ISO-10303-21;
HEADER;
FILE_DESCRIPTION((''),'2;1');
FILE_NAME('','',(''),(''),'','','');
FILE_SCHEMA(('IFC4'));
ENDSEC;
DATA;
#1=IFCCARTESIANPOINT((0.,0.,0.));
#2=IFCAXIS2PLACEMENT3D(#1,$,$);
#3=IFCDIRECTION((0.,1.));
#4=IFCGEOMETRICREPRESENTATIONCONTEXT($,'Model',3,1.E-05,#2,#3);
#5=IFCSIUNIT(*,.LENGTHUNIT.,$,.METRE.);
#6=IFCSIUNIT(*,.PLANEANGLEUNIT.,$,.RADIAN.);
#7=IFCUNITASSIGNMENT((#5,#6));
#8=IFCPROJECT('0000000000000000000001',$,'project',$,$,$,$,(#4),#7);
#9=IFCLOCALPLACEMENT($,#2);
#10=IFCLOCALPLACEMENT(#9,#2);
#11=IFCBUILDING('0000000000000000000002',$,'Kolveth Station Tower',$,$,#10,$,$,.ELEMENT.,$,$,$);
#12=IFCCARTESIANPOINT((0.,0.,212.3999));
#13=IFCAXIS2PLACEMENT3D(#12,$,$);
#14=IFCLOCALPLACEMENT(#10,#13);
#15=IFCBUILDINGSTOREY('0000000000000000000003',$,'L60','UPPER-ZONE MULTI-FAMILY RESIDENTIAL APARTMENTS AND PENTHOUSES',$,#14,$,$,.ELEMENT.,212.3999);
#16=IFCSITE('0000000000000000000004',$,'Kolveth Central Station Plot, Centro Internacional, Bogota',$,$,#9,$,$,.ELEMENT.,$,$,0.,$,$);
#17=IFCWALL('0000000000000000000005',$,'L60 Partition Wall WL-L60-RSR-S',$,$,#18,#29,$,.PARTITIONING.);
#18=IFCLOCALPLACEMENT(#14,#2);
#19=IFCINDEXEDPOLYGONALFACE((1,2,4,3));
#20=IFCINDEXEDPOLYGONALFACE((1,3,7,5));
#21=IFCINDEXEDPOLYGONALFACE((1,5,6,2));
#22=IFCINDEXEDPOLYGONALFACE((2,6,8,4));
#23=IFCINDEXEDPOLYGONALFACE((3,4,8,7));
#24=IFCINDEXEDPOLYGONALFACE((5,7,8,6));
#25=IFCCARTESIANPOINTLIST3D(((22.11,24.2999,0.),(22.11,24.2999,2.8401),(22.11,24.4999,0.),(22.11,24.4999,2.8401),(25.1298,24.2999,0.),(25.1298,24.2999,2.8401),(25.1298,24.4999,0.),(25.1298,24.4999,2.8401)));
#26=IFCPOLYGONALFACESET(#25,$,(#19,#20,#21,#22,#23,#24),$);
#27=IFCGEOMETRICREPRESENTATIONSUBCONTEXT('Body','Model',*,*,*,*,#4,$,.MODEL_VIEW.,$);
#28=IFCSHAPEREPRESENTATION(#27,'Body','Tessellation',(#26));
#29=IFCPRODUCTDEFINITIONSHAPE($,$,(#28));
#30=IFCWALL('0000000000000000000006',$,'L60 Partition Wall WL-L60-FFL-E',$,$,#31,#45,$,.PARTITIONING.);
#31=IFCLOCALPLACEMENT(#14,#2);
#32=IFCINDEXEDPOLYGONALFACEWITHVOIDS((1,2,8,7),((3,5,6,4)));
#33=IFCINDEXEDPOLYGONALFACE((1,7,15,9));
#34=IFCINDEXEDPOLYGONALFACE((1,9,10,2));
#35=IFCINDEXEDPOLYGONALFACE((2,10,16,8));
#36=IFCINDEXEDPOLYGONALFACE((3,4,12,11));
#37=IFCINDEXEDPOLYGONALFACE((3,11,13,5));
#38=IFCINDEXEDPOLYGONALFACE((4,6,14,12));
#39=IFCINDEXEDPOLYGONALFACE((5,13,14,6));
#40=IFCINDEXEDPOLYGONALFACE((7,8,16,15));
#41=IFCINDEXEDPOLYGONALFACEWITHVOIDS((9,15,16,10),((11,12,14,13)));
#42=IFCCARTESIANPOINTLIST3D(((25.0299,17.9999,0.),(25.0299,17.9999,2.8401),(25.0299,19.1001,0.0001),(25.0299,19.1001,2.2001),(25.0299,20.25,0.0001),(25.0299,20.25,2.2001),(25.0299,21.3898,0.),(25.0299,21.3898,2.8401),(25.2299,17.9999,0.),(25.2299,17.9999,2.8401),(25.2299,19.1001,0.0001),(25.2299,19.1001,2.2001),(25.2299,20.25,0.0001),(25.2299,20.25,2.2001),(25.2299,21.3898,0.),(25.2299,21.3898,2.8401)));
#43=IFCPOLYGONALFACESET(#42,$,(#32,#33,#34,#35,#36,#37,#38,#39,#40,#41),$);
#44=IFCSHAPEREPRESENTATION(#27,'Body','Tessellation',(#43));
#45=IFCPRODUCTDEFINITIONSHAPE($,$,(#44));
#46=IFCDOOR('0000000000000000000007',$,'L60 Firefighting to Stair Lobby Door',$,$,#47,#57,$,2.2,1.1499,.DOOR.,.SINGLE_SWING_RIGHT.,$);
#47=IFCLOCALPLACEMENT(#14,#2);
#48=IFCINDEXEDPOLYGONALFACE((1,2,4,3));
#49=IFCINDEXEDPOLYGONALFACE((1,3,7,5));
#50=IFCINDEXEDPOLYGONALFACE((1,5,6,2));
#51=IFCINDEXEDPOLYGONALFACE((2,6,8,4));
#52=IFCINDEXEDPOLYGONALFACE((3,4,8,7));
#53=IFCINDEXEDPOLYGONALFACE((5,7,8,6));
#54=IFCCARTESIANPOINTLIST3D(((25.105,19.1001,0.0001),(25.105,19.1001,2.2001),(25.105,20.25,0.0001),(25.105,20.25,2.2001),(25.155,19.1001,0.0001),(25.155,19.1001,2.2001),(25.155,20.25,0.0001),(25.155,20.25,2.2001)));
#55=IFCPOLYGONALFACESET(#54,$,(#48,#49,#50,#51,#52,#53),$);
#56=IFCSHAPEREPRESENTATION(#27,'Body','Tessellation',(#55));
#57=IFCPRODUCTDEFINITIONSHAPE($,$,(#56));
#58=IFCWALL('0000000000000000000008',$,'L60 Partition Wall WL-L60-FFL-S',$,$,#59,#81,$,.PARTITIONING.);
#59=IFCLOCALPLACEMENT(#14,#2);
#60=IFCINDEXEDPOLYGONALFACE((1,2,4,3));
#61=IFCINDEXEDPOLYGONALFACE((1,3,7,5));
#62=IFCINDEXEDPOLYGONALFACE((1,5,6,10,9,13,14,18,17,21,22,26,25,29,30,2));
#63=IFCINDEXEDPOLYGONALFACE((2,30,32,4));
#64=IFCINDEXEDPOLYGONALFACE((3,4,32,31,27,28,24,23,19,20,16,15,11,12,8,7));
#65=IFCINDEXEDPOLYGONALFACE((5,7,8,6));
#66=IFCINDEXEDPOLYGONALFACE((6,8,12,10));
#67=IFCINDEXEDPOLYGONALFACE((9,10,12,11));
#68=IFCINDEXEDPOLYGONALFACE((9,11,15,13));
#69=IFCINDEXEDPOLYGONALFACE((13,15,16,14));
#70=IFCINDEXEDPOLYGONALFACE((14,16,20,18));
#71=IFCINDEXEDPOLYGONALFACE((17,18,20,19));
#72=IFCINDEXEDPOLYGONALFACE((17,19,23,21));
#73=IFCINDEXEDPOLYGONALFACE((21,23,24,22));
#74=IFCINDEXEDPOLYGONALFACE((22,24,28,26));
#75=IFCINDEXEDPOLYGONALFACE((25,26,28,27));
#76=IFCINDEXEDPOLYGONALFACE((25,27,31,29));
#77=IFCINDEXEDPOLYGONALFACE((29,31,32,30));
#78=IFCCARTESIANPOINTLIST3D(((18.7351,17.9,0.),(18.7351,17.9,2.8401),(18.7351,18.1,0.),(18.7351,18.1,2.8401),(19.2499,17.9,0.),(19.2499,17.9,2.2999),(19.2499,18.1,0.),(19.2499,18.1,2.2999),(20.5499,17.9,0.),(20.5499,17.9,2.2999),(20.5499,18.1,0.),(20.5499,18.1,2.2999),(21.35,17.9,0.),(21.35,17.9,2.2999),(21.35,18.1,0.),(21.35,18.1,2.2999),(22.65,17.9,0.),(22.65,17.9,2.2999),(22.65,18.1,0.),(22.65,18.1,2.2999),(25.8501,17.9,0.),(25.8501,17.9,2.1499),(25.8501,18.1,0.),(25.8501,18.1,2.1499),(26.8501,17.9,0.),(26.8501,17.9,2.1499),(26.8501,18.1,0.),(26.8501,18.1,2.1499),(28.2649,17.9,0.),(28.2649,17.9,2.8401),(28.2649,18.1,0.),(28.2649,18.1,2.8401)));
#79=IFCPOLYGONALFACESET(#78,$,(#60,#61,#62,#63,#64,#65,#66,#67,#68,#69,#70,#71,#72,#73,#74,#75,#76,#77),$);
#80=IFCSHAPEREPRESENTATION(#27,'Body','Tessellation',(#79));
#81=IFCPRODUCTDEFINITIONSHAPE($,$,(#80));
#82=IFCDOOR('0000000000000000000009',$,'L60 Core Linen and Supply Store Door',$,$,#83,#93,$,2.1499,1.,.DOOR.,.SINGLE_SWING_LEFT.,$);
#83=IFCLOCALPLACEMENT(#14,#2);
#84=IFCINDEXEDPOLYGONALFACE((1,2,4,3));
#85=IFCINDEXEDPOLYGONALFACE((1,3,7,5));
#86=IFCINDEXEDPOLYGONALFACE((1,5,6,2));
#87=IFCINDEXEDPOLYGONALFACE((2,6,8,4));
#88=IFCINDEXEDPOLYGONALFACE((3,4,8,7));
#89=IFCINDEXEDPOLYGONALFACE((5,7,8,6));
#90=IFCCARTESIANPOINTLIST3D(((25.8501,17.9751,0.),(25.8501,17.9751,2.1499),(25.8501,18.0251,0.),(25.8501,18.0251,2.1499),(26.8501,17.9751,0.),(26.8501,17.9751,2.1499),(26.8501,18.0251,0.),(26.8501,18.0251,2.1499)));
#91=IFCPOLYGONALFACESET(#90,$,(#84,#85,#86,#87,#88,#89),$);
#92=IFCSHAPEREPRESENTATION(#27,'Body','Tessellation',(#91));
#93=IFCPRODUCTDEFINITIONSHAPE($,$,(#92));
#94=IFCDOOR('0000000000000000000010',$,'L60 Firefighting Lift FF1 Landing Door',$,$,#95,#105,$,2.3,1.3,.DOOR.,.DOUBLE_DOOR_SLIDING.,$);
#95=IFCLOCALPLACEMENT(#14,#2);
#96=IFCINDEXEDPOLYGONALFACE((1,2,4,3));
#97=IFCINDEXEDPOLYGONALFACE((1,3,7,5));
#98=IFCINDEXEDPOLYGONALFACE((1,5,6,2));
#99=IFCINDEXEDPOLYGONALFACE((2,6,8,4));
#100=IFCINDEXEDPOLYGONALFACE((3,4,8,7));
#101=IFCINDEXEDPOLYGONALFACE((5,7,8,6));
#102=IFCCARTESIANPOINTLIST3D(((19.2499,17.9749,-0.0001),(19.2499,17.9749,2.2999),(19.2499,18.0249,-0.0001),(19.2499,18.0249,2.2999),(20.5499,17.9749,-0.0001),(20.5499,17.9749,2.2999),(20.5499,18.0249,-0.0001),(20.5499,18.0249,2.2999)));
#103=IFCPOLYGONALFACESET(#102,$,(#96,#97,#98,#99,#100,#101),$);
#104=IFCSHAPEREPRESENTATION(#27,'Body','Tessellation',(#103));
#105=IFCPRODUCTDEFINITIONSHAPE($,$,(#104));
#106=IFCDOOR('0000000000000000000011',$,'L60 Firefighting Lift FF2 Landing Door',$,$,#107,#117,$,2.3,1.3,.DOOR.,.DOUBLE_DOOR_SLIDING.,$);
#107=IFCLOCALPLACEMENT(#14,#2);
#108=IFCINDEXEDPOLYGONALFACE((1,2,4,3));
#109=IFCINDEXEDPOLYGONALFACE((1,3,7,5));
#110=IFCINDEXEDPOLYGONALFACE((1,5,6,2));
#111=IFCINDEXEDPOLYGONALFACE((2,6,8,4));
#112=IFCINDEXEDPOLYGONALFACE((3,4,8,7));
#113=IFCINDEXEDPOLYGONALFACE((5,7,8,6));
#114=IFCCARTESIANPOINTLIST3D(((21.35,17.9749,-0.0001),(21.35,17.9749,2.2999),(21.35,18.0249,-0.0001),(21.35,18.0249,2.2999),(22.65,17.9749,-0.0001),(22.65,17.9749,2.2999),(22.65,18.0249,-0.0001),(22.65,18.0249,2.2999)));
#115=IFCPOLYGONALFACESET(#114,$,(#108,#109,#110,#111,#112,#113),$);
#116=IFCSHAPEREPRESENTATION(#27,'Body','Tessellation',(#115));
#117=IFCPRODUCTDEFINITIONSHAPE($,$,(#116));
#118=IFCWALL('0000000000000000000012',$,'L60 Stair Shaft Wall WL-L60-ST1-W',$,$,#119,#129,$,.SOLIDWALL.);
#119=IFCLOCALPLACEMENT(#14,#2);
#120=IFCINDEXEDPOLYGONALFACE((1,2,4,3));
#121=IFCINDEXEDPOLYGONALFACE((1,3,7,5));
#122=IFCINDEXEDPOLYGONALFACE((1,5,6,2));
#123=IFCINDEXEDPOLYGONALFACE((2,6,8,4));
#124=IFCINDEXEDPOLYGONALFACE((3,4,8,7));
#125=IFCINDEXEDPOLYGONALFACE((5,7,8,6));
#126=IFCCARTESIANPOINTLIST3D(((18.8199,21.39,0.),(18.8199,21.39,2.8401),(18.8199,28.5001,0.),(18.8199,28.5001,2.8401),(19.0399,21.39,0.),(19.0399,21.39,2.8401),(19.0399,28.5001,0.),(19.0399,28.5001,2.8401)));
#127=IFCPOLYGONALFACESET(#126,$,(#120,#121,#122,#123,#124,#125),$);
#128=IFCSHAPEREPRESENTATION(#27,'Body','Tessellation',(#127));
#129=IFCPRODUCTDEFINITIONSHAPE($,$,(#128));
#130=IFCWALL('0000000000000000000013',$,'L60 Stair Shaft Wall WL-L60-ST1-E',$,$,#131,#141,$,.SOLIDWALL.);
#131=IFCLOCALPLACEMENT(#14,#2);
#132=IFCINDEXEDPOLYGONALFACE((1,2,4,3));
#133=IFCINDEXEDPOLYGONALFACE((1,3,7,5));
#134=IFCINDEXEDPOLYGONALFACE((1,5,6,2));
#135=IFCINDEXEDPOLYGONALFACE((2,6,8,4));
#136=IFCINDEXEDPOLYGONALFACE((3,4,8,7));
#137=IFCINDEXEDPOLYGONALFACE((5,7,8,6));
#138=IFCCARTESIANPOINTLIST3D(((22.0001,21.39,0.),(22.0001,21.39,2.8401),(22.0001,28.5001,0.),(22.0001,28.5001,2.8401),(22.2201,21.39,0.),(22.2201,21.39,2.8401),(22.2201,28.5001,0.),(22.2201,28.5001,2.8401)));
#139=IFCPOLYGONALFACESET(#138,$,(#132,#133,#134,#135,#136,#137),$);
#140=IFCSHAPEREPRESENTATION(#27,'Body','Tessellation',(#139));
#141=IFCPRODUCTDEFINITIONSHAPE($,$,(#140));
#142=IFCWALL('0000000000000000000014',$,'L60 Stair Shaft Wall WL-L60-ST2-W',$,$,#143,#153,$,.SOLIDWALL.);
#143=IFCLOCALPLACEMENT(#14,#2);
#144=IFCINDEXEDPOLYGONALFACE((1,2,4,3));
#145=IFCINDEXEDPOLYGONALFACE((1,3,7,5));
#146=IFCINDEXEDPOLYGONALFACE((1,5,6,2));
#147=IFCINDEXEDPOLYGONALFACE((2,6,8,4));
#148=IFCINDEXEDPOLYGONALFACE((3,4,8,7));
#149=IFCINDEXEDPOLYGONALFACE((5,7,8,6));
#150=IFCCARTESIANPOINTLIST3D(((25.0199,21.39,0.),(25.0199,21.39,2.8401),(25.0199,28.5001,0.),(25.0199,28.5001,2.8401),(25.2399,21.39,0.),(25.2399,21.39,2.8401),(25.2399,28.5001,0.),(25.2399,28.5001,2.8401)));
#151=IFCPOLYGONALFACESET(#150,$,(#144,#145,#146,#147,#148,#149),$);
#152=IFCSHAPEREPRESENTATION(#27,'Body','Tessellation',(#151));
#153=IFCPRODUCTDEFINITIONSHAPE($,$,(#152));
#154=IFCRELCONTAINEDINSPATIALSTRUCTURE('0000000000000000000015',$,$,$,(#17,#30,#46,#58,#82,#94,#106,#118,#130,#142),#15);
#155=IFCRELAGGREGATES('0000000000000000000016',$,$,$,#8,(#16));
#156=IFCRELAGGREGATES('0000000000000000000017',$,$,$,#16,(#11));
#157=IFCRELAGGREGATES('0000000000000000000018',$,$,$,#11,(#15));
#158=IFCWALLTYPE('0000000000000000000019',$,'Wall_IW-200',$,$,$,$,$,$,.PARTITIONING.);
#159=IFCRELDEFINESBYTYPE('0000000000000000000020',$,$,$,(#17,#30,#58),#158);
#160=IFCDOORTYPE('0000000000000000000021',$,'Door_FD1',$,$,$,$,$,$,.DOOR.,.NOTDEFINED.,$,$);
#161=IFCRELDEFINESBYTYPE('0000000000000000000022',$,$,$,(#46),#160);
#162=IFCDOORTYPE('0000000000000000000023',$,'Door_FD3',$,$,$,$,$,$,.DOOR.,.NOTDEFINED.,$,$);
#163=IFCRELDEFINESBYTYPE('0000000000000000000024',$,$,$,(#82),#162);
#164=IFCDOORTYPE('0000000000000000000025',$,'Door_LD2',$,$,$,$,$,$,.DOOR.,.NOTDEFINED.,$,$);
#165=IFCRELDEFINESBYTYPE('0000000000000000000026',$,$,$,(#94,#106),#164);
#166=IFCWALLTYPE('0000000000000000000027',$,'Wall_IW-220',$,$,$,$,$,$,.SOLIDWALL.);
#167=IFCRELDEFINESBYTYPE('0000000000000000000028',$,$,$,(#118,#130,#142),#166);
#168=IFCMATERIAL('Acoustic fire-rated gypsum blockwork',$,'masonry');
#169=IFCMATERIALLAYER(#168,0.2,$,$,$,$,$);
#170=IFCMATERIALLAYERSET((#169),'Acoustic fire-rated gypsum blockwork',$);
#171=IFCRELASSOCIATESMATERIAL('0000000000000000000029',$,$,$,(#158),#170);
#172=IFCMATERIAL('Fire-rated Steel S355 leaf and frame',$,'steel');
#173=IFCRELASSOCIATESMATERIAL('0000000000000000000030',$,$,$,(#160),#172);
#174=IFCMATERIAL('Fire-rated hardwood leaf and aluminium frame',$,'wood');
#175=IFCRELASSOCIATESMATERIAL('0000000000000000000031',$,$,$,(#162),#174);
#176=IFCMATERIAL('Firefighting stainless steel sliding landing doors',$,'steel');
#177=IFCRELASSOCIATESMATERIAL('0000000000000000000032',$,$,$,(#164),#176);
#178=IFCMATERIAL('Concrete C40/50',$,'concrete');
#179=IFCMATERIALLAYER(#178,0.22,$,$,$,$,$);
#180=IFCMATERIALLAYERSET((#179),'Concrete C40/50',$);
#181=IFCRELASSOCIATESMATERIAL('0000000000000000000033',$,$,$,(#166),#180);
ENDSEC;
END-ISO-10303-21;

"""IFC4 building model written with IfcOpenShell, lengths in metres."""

from ifc_helpers import new_model, si_unit, direction, frame, frame_2d, origin, place, context, subcontext, project, spatial, rectangle, extrude, material, layer, layer_set, type_object, element, fill, save


model = new_model("IFC4")

# Units and contexts
model_context = context("Model", 3, precision=1e-05, world=origin(), true_north=direction((0.0, 1.0)))
body_context = subcontext(model_context, "Body", "Model", "MODEL_VIEW")
ifc_project = project(units=[si_unit("LENGTHUNIT", "METRE"), si_unit("PLANEANGLEUNIT", "RADIAN")], contexts=[model_context])

# Site, building, storey
site_placement = place(None, origin())
site = spatial("IfcSite", under=ifc_project, at=site_placement, Name="Kolveth Central Station Plot, Centro Internacional, Bogota", CompositionType="ELEMENT", RefElevation=0.0)
building_placement = place(site_placement, origin())
building = spatial("IfcBuilding", under=site, at=building_placement, Name="Kolveth Station Tower", CompositionType="ELEMENT")
storey_placement = place(building_placement, frame((0.0, 0.0, 212.3999)))
storey = spatial("IfcBuildingStorey", under=building, at=storey_placement, Name="L60", Description="UPPER-ZONE MULTI-FAMILY RESIDENTIAL APARTMENTS AND PENTHOUSES", CompositionType="ELEMENT", Elevation=212.3999)

# Wall
ifc_material_1 = material(Name="Acoustic fire-rated gypsum blockwork", Category="masonry")
ifc_layer_1 = layer(ifc_material_1, 0.2)
ifc_layer_set_1 = layer_set([ifc_layer_1], Name="Acoustic fire-rated gypsum blockwork")
wall_type_1 = type_object("IfcWallType", Name="Wall_IW-200", PredefinedType="PARTITIONING", material=ifc_layer_set_1)
wall_1_placement = place(storey_placement, frame((22.1101, 24.3999, 0.0), z_axis=(0.0, 0.0, 1.0), x_axis=(1.0, 0.0, 0.0)))
element("IfcWall", 1, at=wall_1_placement, inside=storey, type_object=wall_type_1, Name="L60 Partition Wall WL-L60-RSR-S", PredefinedType="PARTITIONING", context=body_context, shape_type="SweptSolid", body=[
    extrude(rectangle(XDim=3.0198, YDim=0.2, at=frame_2d((1.5098, 0.0))), origin(), (0.0, 0.0, 1.0), 2.8401),
])

# Wall, opening, door
wall_2_placement = place(storey_placement, frame((25.1299, 18.0, 0.0), z_axis=(0.0, 0.0, 1.0), x_axis=(0.0, 1.0, 0.0)))
wall_2 = element("IfcWall", 2, at=wall_2_placement, inside=storey, type_object=wall_type_1, Name="L60 Partition Wall WL-L60-FFL-E", PredefinedType="PARTITIONING", context=body_context, shape_type="SweptSolid", body=[
    extrude(rectangle(XDim=3.3899, YDim=0.2, at=frame_2d((1.6948, 0.0))), origin(), (0.0, 0.0, 1.0), 2.8401),
])
opening_1_placement = place(wall_2_placement, frame((1.1001, 0.0, 0.0)))
opening_1 = element("IfcOpeningElement", 3, at=opening_1_placement, cuts=wall_2, PredefinedType="OPENING", context=body_context, shape_type="SweptSolid", body=[
    extrude(rectangle(XDim=1.1499, YDim=2.2, at=frame_2d((0.575, 1.1001))), frame((0.0, 0.1099, 0.0), z_axis=(0.0, -1.0, 0.0), x_axis=(1.0, 0.0, 0.0)), (0.0, 0.0, 1.0), 0.22),
])
ifc_material_2 = material(Name="Fire-rated Steel S355 leaf and frame", Category="steel")
door_type_1 = type_object("IfcDoorType", Name="Door_FD1", OperationType="NOTDEFINED", PredefinedType="DOOR", material=ifc_material_2)
door_1_placement = place(opening_1_placement, origin())
door_1 = element("IfcDoor", 4, at=door_1_placement, inside=storey, type_object=door_type_1, Name="L60 Firefighting to Stair Lobby Door", OperationType="SINGLE_SWING_RIGHT", OverallHeight=2.2, OverallWidth=1.1499, PredefinedType="DOOR", context=body_context, shape_type="SweptSolid", body=[
    extrude(rectangle(XDim=1.1499, YDim=2.2, at=frame_2d((0.575, 1.1001))), frame((0.0, 0.0249, 0.0), z_axis=(0.0, -1.0, 0.0), x_axis=(1.0, 0.0, 0.0)), (0.0, 0.0, 1.0), 0.05),
])
fill(opening_1, door_1)

# Wall, openings, doors
wall_3_placement = place(storey_placement, frame((18.7351, 18.0, 0.0), z_axis=(0.0, 0.0, 1.0), x_axis=(1.0, 0.0, 0.0)))
wall_3 = element("IfcWall", 5, at=wall_3_placement, inside=storey, type_object=wall_type_1, Name="L60 Partition Wall WL-L60-FFL-S", PredefinedType="PARTITIONING", context=body_context, shape_type="SweptSolid", body=[
    extrude(rectangle(XDim=9.5298, YDim=0.2, at=frame_2d((4.7649, 0.0))), origin(), (0.0, 0.0, 1.0), 2.8401),
])
opening_2_placement = place(wall_3_placement, frame((0.5149, 0.0, 0.0)))
opening_2 = element("IfcOpeningElement", 6, at=opening_2_placement, cuts=wall_3, PredefinedType="OPENING", context=body_context, shape_type="SweptSolid", body=[
    extrude(rectangle(XDim=1.3, YDim=2.3, at=frame_2d((0.6499, 1.1499))), frame((0.0, 0.1099, 0.0), z_axis=(0.0, -1.0, 0.0), x_axis=(1.0, 0.0, 0.0)), (0.0, 0.0, 1.0), 0.22),
])
opening_3_placement = place(wall_3_placement, frame((2.615, 0.0, 0.0)))
opening_3 = element("IfcOpeningElement", 7, at=opening_3_placement, cuts=wall_3, PredefinedType="OPENING", context=body_context, shape_type="SweptSolid", body=[
    extrude(rectangle(XDim=1.3, YDim=2.3, at=frame_2d((0.6499, 1.1499))), frame((0.0, 0.1099, 0.0), z_axis=(0.0, -1.0, 0.0), x_axis=(1.0, 0.0, 0.0)), (0.0, 0.0, 1.0), 0.22),
])
opening_4_placement = place(wall_3_placement, frame((7.115, 0.0, 0.0)))
opening_4 = element("IfcOpeningElement", 8, at=opening_4_placement, cuts=wall_3, PredefinedType="OPENING", context=body_context, shape_type="SweptSolid", body=[
    extrude(rectangle(XDim=1.0, YDim=2.1499, at=frame_2d((0.5, 1.075))), frame((0.0, 0.1099, 0.0), z_axis=(0.0, -1.0, 0.0), x_axis=(1.0, 0.0, 0.0)), (0.0, 0.0, 1.0), 0.22),
])
ifc_material_3 = material(Name="Fire-rated hardwood leaf and aluminium frame", Category="wood")
door_type_2 = type_object("IfcDoorType", Name="Door_FD3", OperationType="NOTDEFINED", PredefinedType="DOOR", material=ifc_material_3)
door_2_placement = place(opening_4_placement, frame((1.0, 0.0, 0.0), z_axis=(0.0, 0.0, 1.0), x_axis=(-1.0, 0.0, 0.0)))
door_2 = element("IfcDoor", 9, at=door_2_placement, inside=storey, type_object=door_type_2, Name="L60 Core Linen and Supply Store Door", OperationType="SINGLE_SWING_LEFT", OverallHeight=2.1499, OverallWidth=1.0, PredefinedType="DOOR", context=body_context, shape_type="SweptSolid", body=[
    extrude(rectangle(XDim=1.0, YDim=2.1499, at=frame_2d((0.5, 1.075))), frame((0.0, 0.0249, 0.0), z_axis=(0.0, -1.0, 0.0), x_axis=(1.0, 0.0, 0.0)), (0.0, 0.0, 1.0), 0.05),
])
fill(opening_4, door_2)
ifc_material_4 = material(Name="Firefighting stainless steel sliding landing doors", Category="steel")
door_type_3 = type_object("IfcDoorType", Name="Door_LD2", OperationType="NOTDEFINED", PredefinedType="DOOR", material=ifc_material_4)
door_3_placement = place(opening_2_placement, origin())
door_3 = element("IfcDoor", 10, at=door_3_placement, inside=storey, type_object=door_type_3, Name="L60 Firefighting Lift FF1 Landing Door", OperationType="DOUBLE_DOOR_SLIDING", OverallHeight=2.3, OverallWidth=1.3, PredefinedType="DOOR", context=body_context, shape_type="SweptSolid", body=[
    extrude(rectangle(XDim=1.3, YDim=2.3, at=frame_2d((0.6499, 1.1499))), frame((0.0, 0.0249, 0.0), z_axis=(0.0, -1.0, 0.0), x_axis=(1.0, 0.0, 0.0)), (0.0, 0.0, 1.0), 0.05),
])
fill(opening_2, door_3)
door_4_placement = place(opening_3_placement, origin())
door_4 = element("IfcDoor", 11, at=door_4_placement, inside=storey, type_object=door_type_3, Name="L60 Firefighting Lift FF2 Landing Door", OperationType="DOUBLE_DOOR_SLIDING", OverallHeight=2.3, OverallWidth=1.3, PredefinedType="DOOR", context=body_context, shape_type="SweptSolid", body=[
    extrude(rectangle(XDim=1.3, YDim=2.3, at=frame_2d((0.6499, 1.1499))), frame((0.0, 0.0249, 0.0), z_axis=(0.0, -1.0, 0.0), x_axis=(1.0, 0.0, 0.0)), (0.0, 0.0, 1.0), 0.05),
])
fill(opening_3, door_4)

# Walls
ifc_material_5 = material(Name="Concrete C40/50", Category="concrete")
ifc_layer_2 = layer(ifc_material_5, 0.22)
ifc_layer_set_2 = layer_set([ifc_layer_2], Name="Concrete C40/50")
wall_type_2 = type_object("IfcWallType", Name="Wall_IW-220", PredefinedType="SOLIDWALL", material=ifc_layer_set_2)
for number, where, z_axis, x_axis, name in (
    (12, (18.9299, 21.3899, 0.0), (0.0, 0.0, 1.0), (0.0, 1.0, 0.0), "L60 Stair Shaft Wall WL-L60-ST1-W"),
    (13, (22.1101, 21.3899, 0.0), (0.0, 0.0, 1.0), (0.0, 1.0, 0.0), "L60 Stair Shaft Wall WL-L60-ST1-E"),
    (14, (25.1299, 21.3899, 0.0), (0.0, 0.0, 1.0), (0.0, 1.0, 0.0), "L60 Stair Shaft Wall WL-L60-ST2-W"),
):
    element("IfcWall", number, at=place(storey_placement, frame(where, z_axis=z_axis, x_axis=x_axis)), inside=storey, type_object=wall_type_2, Name=name, PredefinedType="SOLIDWALL", context=body_context, shape_type="SweptSolid", body=[
        extrude(rectangle(XDim=7.1101, YDim=0.22, at=frame_2d((3.5552, 0.0))), origin(), (0.0, 0.0, 1.0), 2.8401),
    ])

save(model, "model.ifc")
